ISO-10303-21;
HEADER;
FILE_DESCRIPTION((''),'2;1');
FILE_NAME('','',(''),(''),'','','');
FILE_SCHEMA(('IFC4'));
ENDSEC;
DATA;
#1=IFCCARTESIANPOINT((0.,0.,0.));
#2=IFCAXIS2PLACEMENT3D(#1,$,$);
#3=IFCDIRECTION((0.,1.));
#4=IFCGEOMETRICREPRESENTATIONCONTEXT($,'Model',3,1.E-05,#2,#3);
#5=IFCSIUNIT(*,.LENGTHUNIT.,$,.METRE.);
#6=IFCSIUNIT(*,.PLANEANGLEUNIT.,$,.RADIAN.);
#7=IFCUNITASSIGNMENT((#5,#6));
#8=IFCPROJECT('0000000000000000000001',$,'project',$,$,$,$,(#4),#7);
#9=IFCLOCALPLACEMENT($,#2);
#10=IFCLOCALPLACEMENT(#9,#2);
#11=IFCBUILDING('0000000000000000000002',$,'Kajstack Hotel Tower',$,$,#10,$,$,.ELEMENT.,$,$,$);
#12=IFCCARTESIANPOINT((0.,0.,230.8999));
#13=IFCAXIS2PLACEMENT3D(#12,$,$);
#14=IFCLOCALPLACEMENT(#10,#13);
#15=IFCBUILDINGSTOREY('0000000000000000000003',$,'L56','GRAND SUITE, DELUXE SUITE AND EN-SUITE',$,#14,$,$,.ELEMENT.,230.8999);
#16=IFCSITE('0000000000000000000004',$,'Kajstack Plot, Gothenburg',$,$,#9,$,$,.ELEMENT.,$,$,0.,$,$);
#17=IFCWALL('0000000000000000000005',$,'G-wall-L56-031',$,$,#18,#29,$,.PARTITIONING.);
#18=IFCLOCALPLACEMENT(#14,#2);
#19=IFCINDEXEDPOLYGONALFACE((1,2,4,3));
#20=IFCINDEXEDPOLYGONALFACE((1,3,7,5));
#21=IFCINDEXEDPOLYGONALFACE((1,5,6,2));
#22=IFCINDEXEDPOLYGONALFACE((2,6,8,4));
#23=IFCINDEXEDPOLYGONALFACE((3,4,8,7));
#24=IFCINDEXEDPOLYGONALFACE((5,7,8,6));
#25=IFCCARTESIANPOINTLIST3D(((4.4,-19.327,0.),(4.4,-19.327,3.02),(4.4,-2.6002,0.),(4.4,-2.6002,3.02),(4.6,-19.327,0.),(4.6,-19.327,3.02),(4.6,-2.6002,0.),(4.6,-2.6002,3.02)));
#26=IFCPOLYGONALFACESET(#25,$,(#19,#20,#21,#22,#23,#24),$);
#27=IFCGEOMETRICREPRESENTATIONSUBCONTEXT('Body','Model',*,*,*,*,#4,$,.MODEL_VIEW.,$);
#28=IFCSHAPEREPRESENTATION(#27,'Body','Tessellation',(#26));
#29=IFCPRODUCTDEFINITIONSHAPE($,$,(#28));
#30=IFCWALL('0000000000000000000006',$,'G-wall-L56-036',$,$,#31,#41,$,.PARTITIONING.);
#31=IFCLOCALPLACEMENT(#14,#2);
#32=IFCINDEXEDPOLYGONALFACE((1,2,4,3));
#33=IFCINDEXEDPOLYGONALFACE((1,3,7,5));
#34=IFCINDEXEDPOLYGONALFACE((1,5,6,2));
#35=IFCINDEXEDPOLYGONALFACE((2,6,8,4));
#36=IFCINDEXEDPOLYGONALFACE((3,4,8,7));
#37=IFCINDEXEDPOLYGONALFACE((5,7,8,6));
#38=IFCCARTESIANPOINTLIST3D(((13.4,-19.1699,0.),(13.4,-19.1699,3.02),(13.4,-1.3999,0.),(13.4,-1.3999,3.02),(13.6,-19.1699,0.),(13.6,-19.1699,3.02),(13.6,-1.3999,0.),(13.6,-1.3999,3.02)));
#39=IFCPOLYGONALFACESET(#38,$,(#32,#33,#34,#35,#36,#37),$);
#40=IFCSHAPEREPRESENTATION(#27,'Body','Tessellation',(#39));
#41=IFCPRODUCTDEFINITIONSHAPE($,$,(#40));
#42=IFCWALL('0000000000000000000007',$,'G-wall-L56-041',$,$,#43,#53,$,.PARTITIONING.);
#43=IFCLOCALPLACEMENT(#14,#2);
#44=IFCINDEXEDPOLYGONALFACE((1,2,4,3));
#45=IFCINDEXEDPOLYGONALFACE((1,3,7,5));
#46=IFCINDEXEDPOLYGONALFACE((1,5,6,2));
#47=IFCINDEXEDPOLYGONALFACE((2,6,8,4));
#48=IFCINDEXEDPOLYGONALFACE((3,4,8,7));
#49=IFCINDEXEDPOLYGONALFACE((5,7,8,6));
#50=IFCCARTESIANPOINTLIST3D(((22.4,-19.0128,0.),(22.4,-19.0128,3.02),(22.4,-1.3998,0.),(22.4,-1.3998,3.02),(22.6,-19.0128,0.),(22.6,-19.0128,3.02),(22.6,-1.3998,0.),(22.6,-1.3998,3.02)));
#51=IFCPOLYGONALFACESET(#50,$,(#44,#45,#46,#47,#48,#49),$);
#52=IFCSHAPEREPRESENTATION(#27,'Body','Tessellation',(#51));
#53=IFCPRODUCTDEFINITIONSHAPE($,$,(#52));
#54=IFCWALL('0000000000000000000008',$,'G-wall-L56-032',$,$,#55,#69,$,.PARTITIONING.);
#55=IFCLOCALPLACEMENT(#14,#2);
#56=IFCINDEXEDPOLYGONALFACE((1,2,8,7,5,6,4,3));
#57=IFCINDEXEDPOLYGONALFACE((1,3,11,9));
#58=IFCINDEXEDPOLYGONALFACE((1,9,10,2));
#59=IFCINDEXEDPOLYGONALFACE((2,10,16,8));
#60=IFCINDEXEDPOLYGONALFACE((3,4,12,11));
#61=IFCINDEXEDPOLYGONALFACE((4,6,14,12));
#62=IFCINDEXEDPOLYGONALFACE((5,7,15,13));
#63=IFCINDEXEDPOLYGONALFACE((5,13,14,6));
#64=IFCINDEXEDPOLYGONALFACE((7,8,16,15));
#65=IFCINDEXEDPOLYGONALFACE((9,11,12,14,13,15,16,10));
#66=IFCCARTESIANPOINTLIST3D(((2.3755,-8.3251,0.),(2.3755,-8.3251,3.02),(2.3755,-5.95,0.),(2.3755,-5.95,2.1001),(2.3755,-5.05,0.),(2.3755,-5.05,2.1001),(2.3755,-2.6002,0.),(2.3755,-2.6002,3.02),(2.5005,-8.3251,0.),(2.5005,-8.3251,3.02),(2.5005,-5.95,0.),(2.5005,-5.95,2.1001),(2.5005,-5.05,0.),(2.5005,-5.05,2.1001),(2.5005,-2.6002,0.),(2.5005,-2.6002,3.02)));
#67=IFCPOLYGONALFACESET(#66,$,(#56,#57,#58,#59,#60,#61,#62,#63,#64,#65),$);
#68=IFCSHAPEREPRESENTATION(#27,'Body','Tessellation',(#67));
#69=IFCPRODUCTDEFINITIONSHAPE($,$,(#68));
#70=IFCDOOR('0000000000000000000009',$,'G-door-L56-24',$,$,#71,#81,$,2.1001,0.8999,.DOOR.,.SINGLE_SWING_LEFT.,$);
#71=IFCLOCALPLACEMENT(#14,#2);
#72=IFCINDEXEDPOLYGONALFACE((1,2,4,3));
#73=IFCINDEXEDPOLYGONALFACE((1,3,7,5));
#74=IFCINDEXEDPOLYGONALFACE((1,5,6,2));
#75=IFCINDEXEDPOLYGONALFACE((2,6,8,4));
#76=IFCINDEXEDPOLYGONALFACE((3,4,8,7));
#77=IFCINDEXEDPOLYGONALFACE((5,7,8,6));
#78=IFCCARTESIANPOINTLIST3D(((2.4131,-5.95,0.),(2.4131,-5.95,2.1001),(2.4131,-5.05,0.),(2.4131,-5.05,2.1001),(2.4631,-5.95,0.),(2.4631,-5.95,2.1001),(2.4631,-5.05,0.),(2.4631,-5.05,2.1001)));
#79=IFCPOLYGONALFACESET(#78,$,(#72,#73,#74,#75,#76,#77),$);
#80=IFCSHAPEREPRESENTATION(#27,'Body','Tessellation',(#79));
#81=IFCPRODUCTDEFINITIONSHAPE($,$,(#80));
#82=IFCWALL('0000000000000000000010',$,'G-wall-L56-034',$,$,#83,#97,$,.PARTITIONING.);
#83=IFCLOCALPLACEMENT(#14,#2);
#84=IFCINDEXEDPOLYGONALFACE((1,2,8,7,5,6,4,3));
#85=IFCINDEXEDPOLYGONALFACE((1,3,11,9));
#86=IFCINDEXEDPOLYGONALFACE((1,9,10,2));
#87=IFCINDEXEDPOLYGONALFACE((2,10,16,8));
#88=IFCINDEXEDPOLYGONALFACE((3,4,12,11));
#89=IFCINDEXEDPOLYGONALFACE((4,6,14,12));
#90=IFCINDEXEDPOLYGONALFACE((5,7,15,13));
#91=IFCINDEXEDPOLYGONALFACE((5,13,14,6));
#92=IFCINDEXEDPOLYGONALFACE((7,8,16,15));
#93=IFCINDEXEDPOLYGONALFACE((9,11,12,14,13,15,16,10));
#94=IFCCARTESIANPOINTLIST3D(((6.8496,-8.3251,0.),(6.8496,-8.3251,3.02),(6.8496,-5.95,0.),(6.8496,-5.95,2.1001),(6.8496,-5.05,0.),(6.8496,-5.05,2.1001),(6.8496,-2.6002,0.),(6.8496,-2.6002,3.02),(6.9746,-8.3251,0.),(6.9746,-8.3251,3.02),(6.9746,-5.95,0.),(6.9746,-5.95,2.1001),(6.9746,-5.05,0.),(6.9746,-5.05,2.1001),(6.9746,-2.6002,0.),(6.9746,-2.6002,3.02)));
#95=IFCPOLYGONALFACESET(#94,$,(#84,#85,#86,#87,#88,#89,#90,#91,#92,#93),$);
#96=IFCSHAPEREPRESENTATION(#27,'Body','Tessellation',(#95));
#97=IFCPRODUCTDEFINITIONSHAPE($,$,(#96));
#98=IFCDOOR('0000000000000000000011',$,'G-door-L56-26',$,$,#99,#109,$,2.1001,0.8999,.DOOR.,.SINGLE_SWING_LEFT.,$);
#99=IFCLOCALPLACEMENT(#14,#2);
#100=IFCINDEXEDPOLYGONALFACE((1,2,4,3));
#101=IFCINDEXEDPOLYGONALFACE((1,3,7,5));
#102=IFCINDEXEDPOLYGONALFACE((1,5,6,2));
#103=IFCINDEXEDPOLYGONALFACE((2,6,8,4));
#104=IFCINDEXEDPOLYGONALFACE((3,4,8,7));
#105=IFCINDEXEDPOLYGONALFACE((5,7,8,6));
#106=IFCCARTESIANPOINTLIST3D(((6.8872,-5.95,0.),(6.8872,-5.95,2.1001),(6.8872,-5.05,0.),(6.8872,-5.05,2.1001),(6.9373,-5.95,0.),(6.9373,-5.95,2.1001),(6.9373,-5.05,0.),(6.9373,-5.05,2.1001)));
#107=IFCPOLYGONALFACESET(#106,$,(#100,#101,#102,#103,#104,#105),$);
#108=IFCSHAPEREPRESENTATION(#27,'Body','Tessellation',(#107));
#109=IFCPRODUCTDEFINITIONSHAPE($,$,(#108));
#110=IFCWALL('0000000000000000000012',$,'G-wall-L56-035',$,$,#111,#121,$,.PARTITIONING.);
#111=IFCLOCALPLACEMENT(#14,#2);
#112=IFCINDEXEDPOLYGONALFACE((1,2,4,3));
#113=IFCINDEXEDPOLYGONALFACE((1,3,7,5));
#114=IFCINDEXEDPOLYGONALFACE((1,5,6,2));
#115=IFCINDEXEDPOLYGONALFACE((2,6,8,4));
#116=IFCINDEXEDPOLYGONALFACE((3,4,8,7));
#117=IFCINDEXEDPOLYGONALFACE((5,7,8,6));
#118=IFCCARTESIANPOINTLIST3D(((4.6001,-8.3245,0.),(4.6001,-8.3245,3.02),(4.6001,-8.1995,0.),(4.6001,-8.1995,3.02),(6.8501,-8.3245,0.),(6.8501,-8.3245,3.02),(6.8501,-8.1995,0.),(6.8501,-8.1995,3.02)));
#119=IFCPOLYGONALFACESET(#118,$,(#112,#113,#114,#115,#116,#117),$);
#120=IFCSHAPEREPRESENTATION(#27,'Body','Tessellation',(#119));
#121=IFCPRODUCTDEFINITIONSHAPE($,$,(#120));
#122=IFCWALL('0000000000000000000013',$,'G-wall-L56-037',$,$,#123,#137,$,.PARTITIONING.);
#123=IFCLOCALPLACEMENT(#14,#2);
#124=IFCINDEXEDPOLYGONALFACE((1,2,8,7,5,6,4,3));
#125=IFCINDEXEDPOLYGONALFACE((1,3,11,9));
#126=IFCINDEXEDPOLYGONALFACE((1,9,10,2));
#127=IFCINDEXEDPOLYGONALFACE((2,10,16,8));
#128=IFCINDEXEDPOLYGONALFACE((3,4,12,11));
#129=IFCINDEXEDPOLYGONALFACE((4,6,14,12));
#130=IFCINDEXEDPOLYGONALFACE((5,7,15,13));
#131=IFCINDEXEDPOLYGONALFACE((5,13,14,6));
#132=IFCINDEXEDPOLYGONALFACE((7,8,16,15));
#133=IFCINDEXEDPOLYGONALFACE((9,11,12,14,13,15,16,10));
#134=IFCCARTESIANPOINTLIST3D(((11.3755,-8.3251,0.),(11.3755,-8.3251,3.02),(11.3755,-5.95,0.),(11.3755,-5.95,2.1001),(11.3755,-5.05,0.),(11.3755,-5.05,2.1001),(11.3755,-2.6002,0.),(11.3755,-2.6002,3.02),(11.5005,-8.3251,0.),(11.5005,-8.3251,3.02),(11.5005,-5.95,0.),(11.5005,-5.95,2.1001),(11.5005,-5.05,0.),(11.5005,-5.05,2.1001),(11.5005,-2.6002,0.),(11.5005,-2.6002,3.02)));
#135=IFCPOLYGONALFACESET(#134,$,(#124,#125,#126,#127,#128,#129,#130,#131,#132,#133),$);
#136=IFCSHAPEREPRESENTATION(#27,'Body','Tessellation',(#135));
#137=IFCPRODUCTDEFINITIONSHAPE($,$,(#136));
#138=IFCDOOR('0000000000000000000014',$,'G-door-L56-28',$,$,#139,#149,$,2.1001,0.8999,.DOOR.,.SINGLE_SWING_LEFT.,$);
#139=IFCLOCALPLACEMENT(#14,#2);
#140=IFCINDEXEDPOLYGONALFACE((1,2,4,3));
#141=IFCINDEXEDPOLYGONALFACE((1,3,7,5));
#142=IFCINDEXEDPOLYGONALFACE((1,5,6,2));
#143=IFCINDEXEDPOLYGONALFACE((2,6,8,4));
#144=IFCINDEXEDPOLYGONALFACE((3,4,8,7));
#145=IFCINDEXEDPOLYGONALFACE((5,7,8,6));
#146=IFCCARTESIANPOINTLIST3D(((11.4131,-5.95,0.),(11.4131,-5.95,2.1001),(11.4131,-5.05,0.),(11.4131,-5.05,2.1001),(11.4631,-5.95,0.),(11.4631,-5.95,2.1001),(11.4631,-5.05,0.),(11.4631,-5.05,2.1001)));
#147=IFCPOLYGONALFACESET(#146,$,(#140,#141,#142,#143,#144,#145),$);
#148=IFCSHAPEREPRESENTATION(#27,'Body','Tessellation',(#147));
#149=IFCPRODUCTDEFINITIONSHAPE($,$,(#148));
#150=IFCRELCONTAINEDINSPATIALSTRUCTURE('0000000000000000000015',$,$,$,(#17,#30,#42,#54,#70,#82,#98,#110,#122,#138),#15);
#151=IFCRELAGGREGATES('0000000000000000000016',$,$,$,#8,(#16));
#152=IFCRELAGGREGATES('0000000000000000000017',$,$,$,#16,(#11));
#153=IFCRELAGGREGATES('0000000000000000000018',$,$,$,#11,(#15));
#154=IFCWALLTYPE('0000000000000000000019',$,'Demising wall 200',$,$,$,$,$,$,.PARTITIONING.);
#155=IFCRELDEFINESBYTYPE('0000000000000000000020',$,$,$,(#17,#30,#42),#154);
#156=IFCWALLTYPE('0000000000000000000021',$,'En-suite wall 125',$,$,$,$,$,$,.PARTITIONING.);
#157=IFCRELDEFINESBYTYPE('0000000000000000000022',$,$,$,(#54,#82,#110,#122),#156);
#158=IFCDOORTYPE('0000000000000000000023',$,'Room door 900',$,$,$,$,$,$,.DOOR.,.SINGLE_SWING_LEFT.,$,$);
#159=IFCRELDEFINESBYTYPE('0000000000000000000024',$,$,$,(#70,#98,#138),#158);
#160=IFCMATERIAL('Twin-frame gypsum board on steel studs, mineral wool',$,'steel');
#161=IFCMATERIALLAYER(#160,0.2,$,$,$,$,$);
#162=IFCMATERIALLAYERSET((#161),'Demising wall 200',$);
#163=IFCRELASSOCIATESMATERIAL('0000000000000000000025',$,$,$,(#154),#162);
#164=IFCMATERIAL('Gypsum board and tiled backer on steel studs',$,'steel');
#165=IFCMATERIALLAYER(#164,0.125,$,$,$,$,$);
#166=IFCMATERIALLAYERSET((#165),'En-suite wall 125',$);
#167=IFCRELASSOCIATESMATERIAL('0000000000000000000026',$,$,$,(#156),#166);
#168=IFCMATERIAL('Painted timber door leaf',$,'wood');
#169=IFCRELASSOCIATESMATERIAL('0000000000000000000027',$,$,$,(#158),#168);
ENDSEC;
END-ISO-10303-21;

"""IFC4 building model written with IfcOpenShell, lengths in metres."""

from ifc_helpers import new_model, si_unit, direction, frame, frame_2d, origin, place, context, subcontext, project, spatial, rectangle, extrude, material, layer, layer_set, type_object, element, fill, save


model = new_model("IFC4")

# Units and contexts
model_context = context("Model", 3, precision=1e-05, world=origin(), true_north=direction((0.0, 1.0)))
body_context = subcontext(model_context, "Body", "Model", "MODEL_VIEW")
ifc_project = project(units=[si_unit("LENGTHUNIT", "METRE"), si_unit("PLANEANGLEUNIT", "RADIAN")], contexts=[model_context])

# Site, building, storey
site_placement = place(None, origin())
site = spatial("IfcSite", under=ifc_project, at=site_placement, Name="Kajstack Plot, Gothenburg", CompositionType="ELEMENT", RefElevation=0.0)
building_placement = place(site_placement, origin())
building = spatial("IfcBuilding", under=site, at=building_placement, Name="Kajstack Hotel Tower", CompositionType="ELEMENT")
storey_placement = place(building_placement, frame((0.0, 0.0, 230.8999)))
storey = spatial("IfcBuildingStorey", under=building, at=storey_placement, Name="L56", Description="GRAND SUITE, DELUXE SUITE AND EN-SUITE", CompositionType="ELEMENT", Elevation=230.8999)

# Walls
ifc_material_1 = material(Name="Twin-frame gypsum board on steel studs, mineral wool", Category="steel")
ifc_layer_1 = layer(ifc_material_1, 0.2)
ifc_layer_set_1 = layer_set([ifc_layer_1], Name="Demising wall 200")
wall_type_1 = type_object("IfcWallType", Name="Demising wall 200", PredefinedType="PARTITIONING", material=ifc_layer_set_1)
wall_1_placement = place(storey_placement, frame((4.5, -19.3269, 0.0), z_axis=(0.0, 0.0, 1.0), x_axis=(0.0, 1.0, 0.0)))
element("IfcWall", 1, at=wall_1_placement, inside=storey, type_object=wall_type_1, Name="G-wall-L56-031", PredefinedType="PARTITIONING", context=body_context, shape_type="SweptSolid", body=[
    extrude(rectangle(XDim=16.7268, YDim=0.2, at=frame_2d((8.3633, 0.0))), origin(), (0.0, 0.0, 1.0), 3.02),
])
wall_2_placement = place(storey_placement, frame((13.5, -19.1699, 0.0), z_axis=(0.0, 0.0, 1.0), x_axis=(0.0, 1.0, 0.0)))
element("IfcWall", 2, at=wall_2_placement, inside=storey, type_object=wall_type_1, Name="G-wall-L56-036", PredefinedType="PARTITIONING", context=body_context, shape_type="SweptSolid", body=[
    extrude(rectangle(XDim=17.77, YDim=0.2, at=frame_2d((8.885, 0.0))), origin(), (0.0, 0.0, 1.0), 3.02),
])
wall_3_placement = place(storey_placement, frame((22.5, -19.0129, 0.0), z_axis=(0.0, 0.0, 1.0), x_axis=(0.0, 1.0, 0.0)))
element("IfcWall", 3, at=wall_3_placement, inside=storey, type_object=wall_type_1, Name="G-wall-L56-041", PredefinedType="PARTITIONING", context=body_context, shape_type="SweptSolid", body=[
    extrude(rectangle(XDim=17.613, YDim=0.2, at=frame_2d((8.8066, 0.0))), origin(), (0.0, 0.0, 1.0), 3.02),
])

# Walls, openings, doors
ifc_material_2 = material(Name="Gypsum board and tiled backer on steel studs", Category="steel")
ifc_layer_2 = layer(ifc_material_2, 0.125)
ifc_layer_set_2 = layer_set([ifc_layer_2], Name="En-suite wall 125")
wall_type_2 = type_object("IfcWallType", Name="En-suite wall 125", PredefinedType="PARTITIONING", material=ifc_layer_set_2)
wall_4_placement = place(storey_placement, frame((2.438, -8.325, 0.0), z_axis=(0.0, 0.0, 1.0), x_axis=(0.0, 1.0, 0.0)))
wall_4 = element("IfcWall", 4, at=wall_4_placement, inside=storey, type_object=wall_type_2, Name="G-wall-L56-032", PredefinedType="PARTITIONING", context=body_context, shape_type="SweptSolid", body=[
    extrude(rectangle(XDim=5.7249, YDim=0.125, at=frame_2d((2.8623, 0.0))), origin(), (0.0, 0.0, 1.0), 3.02),
])
opening_1_placement = place(wall_4_placement, frame((2.375, 0.0, 0.0)))
opening_1 = element("IfcOpeningElement", 5, at=opening_1_placement, cuts=wall_4, PredefinedType="OPENING", context=body_context, shape_type="SweptSolid", body=[
    extrude(rectangle(XDim=0.8999, YDim=2.1001, at=frame_2d((0.45, 1.05))), frame((0.0, 0.0725, 0.0), z_axis=(0.0, -1.0, 0.0), x_axis=(1.0, 0.0, 0.0)), (0.0, 0.0, 1.0), 0.145),
])
ifc_material_3 = material(Name="Painted timber door leaf", Category="wood")
door_type_1 = type_object("IfcDoorType", Name="Room door 900", OperationType="SINGLE_SWING_LEFT", PredefinedType="DOOR", material=ifc_material_3)
door_1_placement = place(opening_1_placement, origin())
door_1 = element("IfcDoor", 6, at=door_1_placement, inside=storey, type_object=door_type_1, Name="G-door-L56-24", OperationType="SINGLE_SWING_LEFT", OverallHeight=2.1001, OverallWidth=0.8999, PredefinedType="DOOR", context=body_context, shape_type="SweptSolid", body=[
    extrude(rectangle(XDim=0.8999, YDim=2.1001, at=frame_2d((0.45, 1.05))), frame((0.0, 0.0249, 0.0), z_axis=(0.0, -1.0, 0.0), x_axis=(1.0, 0.0, 0.0)), (0.0, 0.0, 1.0), 0.05),
])
fill(opening_1, door_1)
wall_5_placement = place(storey_placement, frame((6.9121, -8.325, 0.0), z_axis=(0.0, 0.0, 1.0), x_axis=(0.0, 1.0, 0.0)))
wall_5 = element("IfcWall", 7, at=wall_5_placement, inside=storey, type_object=wall_type_2, Name="G-wall-L56-034", PredefinedType="PARTITIONING", context=body_context, shape_type="SweptSolid", body=[
    extrude(rectangle(XDim=5.7249, YDim=0.125, at=frame_2d((2.8623, 0.0))), origin(), (0.0, 0.0, 1.0), 3.02),
])
opening_2_placement = place(wall_5_placement, frame((2.375, 0.0, 0.0)))
opening_2 = element("IfcOpeningElement", 8, at=opening_2_placement, cuts=wall_5, PredefinedType="OPENING", context=body_context, shape_type="SweptSolid", body=[
    extrude(rectangle(XDim=0.8999, YDim=2.1001, at=frame_2d((0.45, 1.05))), frame((0.0, 0.0725, 0.0), z_axis=(0.0, -1.0, 0.0), x_axis=(1.0, 0.0, 0.0)), (0.0, 0.0, 1.0), 0.145),
])
door_2_placement = place(opening_2_placement, origin())
door_2 = element("IfcDoor", 9, at=door_2_placement, inside=storey, type_object=door_type_1, Name="G-door-L56-26", OperationType="SINGLE_SWING_LEFT", OverallHeight=2.1001, OverallWidth=0.8999, PredefinedType="DOOR", context=body_context, shape_type="SweptSolid", body=[
    extrude(rectangle(XDim=0.8999, YDim=2.1001, at=frame_2d((0.45, 1.05))), frame((0.0, 0.0249, 0.0), z_axis=(0.0, -1.0, 0.0), x_axis=(1.0, 0.0, 0.0)), (0.0, 0.0, 1.0), 0.05),
])
fill(opening_2, door_2)

# Wall
wall_6_placement = place(storey_placement, frame((4.6001, -8.262, 0.0), z_axis=(0.0, 0.0, 1.0), x_axis=(1.0, 0.0, 0.0)))
element("IfcWall", 10, at=wall_6_placement, inside=storey, type_object=wall_type_2, Name="G-wall-L56-035", PredefinedType="PARTITIONING", context=body_context, shape_type="SweptSolid", body=[
    extrude(rectangle(XDim=2.25, YDim=0.125, at=frame_2d((1.125, 0.0))), origin(), (0.0, 0.0, 1.0), 3.02),
])

# Wall, opening, door
wall_7_placement = place(storey_placement, frame((11.438, -8.325, 0.0), z_axis=(0.0, 0.0, 1.0), x_axis=(0.0, 1.0, 0.0)))
wall_7 = element("IfcWall", 11, at=wall_7_placement, inside=storey, type_object=wall_type_2, Name="G-wall-L56-037", PredefinedType="PARTITIONING", context=body_context, shape_type="SweptSolid", body=[
    extrude(rectangle(XDim=5.7249, YDim=0.125, at=frame_2d((2.8623, 0.0))), origin(), (0.0, 0.0, 1.0), 3.02),
])
opening_3_placement = place(wall_7_placement, frame((2.375, 0.0, 0.0)))
opening_3 = element("IfcOpeningElement", 12, at=opening_3_placement, cuts=wall_7, PredefinedType="OPENING", context=body_context, shape_type="SweptSolid", body=[
    extrude(rectangle(XDim=0.8999, YDim=2.1001, at=frame_2d((0.45, 1.05))), frame((0.0, 0.0725, 0.0), z_axis=(0.0, -1.0, 0.0), x_axis=(1.0, 0.0, 0.0)), (0.0, 0.0, 1.0), 0.145),
])
door_3_placement = place(opening_3_placement, origin())
door_3 = element("IfcDoor", 13, at=door_3_placement, inside=storey, type_object=door_type_1, Name="G-door-L56-28", OperationType="SINGLE_SWING_LEFT", OverallHeight=2.1001, OverallWidth=0.8999, PredefinedType="DOOR", context=body_context, shape_type="SweptSolid", body=[
    extrude(rectangle(XDim=0.8999, YDim=2.1001, at=frame_2d((0.45, 1.05))), frame((0.0, 0.0249, 0.0), z_axis=(0.0, -1.0, 0.0), x_axis=(1.0, 0.0, 0.0)), (0.0, 0.0, 1.0), 0.05),
])
fill(opening_3, door_3)

save(model, "model.ifc")
